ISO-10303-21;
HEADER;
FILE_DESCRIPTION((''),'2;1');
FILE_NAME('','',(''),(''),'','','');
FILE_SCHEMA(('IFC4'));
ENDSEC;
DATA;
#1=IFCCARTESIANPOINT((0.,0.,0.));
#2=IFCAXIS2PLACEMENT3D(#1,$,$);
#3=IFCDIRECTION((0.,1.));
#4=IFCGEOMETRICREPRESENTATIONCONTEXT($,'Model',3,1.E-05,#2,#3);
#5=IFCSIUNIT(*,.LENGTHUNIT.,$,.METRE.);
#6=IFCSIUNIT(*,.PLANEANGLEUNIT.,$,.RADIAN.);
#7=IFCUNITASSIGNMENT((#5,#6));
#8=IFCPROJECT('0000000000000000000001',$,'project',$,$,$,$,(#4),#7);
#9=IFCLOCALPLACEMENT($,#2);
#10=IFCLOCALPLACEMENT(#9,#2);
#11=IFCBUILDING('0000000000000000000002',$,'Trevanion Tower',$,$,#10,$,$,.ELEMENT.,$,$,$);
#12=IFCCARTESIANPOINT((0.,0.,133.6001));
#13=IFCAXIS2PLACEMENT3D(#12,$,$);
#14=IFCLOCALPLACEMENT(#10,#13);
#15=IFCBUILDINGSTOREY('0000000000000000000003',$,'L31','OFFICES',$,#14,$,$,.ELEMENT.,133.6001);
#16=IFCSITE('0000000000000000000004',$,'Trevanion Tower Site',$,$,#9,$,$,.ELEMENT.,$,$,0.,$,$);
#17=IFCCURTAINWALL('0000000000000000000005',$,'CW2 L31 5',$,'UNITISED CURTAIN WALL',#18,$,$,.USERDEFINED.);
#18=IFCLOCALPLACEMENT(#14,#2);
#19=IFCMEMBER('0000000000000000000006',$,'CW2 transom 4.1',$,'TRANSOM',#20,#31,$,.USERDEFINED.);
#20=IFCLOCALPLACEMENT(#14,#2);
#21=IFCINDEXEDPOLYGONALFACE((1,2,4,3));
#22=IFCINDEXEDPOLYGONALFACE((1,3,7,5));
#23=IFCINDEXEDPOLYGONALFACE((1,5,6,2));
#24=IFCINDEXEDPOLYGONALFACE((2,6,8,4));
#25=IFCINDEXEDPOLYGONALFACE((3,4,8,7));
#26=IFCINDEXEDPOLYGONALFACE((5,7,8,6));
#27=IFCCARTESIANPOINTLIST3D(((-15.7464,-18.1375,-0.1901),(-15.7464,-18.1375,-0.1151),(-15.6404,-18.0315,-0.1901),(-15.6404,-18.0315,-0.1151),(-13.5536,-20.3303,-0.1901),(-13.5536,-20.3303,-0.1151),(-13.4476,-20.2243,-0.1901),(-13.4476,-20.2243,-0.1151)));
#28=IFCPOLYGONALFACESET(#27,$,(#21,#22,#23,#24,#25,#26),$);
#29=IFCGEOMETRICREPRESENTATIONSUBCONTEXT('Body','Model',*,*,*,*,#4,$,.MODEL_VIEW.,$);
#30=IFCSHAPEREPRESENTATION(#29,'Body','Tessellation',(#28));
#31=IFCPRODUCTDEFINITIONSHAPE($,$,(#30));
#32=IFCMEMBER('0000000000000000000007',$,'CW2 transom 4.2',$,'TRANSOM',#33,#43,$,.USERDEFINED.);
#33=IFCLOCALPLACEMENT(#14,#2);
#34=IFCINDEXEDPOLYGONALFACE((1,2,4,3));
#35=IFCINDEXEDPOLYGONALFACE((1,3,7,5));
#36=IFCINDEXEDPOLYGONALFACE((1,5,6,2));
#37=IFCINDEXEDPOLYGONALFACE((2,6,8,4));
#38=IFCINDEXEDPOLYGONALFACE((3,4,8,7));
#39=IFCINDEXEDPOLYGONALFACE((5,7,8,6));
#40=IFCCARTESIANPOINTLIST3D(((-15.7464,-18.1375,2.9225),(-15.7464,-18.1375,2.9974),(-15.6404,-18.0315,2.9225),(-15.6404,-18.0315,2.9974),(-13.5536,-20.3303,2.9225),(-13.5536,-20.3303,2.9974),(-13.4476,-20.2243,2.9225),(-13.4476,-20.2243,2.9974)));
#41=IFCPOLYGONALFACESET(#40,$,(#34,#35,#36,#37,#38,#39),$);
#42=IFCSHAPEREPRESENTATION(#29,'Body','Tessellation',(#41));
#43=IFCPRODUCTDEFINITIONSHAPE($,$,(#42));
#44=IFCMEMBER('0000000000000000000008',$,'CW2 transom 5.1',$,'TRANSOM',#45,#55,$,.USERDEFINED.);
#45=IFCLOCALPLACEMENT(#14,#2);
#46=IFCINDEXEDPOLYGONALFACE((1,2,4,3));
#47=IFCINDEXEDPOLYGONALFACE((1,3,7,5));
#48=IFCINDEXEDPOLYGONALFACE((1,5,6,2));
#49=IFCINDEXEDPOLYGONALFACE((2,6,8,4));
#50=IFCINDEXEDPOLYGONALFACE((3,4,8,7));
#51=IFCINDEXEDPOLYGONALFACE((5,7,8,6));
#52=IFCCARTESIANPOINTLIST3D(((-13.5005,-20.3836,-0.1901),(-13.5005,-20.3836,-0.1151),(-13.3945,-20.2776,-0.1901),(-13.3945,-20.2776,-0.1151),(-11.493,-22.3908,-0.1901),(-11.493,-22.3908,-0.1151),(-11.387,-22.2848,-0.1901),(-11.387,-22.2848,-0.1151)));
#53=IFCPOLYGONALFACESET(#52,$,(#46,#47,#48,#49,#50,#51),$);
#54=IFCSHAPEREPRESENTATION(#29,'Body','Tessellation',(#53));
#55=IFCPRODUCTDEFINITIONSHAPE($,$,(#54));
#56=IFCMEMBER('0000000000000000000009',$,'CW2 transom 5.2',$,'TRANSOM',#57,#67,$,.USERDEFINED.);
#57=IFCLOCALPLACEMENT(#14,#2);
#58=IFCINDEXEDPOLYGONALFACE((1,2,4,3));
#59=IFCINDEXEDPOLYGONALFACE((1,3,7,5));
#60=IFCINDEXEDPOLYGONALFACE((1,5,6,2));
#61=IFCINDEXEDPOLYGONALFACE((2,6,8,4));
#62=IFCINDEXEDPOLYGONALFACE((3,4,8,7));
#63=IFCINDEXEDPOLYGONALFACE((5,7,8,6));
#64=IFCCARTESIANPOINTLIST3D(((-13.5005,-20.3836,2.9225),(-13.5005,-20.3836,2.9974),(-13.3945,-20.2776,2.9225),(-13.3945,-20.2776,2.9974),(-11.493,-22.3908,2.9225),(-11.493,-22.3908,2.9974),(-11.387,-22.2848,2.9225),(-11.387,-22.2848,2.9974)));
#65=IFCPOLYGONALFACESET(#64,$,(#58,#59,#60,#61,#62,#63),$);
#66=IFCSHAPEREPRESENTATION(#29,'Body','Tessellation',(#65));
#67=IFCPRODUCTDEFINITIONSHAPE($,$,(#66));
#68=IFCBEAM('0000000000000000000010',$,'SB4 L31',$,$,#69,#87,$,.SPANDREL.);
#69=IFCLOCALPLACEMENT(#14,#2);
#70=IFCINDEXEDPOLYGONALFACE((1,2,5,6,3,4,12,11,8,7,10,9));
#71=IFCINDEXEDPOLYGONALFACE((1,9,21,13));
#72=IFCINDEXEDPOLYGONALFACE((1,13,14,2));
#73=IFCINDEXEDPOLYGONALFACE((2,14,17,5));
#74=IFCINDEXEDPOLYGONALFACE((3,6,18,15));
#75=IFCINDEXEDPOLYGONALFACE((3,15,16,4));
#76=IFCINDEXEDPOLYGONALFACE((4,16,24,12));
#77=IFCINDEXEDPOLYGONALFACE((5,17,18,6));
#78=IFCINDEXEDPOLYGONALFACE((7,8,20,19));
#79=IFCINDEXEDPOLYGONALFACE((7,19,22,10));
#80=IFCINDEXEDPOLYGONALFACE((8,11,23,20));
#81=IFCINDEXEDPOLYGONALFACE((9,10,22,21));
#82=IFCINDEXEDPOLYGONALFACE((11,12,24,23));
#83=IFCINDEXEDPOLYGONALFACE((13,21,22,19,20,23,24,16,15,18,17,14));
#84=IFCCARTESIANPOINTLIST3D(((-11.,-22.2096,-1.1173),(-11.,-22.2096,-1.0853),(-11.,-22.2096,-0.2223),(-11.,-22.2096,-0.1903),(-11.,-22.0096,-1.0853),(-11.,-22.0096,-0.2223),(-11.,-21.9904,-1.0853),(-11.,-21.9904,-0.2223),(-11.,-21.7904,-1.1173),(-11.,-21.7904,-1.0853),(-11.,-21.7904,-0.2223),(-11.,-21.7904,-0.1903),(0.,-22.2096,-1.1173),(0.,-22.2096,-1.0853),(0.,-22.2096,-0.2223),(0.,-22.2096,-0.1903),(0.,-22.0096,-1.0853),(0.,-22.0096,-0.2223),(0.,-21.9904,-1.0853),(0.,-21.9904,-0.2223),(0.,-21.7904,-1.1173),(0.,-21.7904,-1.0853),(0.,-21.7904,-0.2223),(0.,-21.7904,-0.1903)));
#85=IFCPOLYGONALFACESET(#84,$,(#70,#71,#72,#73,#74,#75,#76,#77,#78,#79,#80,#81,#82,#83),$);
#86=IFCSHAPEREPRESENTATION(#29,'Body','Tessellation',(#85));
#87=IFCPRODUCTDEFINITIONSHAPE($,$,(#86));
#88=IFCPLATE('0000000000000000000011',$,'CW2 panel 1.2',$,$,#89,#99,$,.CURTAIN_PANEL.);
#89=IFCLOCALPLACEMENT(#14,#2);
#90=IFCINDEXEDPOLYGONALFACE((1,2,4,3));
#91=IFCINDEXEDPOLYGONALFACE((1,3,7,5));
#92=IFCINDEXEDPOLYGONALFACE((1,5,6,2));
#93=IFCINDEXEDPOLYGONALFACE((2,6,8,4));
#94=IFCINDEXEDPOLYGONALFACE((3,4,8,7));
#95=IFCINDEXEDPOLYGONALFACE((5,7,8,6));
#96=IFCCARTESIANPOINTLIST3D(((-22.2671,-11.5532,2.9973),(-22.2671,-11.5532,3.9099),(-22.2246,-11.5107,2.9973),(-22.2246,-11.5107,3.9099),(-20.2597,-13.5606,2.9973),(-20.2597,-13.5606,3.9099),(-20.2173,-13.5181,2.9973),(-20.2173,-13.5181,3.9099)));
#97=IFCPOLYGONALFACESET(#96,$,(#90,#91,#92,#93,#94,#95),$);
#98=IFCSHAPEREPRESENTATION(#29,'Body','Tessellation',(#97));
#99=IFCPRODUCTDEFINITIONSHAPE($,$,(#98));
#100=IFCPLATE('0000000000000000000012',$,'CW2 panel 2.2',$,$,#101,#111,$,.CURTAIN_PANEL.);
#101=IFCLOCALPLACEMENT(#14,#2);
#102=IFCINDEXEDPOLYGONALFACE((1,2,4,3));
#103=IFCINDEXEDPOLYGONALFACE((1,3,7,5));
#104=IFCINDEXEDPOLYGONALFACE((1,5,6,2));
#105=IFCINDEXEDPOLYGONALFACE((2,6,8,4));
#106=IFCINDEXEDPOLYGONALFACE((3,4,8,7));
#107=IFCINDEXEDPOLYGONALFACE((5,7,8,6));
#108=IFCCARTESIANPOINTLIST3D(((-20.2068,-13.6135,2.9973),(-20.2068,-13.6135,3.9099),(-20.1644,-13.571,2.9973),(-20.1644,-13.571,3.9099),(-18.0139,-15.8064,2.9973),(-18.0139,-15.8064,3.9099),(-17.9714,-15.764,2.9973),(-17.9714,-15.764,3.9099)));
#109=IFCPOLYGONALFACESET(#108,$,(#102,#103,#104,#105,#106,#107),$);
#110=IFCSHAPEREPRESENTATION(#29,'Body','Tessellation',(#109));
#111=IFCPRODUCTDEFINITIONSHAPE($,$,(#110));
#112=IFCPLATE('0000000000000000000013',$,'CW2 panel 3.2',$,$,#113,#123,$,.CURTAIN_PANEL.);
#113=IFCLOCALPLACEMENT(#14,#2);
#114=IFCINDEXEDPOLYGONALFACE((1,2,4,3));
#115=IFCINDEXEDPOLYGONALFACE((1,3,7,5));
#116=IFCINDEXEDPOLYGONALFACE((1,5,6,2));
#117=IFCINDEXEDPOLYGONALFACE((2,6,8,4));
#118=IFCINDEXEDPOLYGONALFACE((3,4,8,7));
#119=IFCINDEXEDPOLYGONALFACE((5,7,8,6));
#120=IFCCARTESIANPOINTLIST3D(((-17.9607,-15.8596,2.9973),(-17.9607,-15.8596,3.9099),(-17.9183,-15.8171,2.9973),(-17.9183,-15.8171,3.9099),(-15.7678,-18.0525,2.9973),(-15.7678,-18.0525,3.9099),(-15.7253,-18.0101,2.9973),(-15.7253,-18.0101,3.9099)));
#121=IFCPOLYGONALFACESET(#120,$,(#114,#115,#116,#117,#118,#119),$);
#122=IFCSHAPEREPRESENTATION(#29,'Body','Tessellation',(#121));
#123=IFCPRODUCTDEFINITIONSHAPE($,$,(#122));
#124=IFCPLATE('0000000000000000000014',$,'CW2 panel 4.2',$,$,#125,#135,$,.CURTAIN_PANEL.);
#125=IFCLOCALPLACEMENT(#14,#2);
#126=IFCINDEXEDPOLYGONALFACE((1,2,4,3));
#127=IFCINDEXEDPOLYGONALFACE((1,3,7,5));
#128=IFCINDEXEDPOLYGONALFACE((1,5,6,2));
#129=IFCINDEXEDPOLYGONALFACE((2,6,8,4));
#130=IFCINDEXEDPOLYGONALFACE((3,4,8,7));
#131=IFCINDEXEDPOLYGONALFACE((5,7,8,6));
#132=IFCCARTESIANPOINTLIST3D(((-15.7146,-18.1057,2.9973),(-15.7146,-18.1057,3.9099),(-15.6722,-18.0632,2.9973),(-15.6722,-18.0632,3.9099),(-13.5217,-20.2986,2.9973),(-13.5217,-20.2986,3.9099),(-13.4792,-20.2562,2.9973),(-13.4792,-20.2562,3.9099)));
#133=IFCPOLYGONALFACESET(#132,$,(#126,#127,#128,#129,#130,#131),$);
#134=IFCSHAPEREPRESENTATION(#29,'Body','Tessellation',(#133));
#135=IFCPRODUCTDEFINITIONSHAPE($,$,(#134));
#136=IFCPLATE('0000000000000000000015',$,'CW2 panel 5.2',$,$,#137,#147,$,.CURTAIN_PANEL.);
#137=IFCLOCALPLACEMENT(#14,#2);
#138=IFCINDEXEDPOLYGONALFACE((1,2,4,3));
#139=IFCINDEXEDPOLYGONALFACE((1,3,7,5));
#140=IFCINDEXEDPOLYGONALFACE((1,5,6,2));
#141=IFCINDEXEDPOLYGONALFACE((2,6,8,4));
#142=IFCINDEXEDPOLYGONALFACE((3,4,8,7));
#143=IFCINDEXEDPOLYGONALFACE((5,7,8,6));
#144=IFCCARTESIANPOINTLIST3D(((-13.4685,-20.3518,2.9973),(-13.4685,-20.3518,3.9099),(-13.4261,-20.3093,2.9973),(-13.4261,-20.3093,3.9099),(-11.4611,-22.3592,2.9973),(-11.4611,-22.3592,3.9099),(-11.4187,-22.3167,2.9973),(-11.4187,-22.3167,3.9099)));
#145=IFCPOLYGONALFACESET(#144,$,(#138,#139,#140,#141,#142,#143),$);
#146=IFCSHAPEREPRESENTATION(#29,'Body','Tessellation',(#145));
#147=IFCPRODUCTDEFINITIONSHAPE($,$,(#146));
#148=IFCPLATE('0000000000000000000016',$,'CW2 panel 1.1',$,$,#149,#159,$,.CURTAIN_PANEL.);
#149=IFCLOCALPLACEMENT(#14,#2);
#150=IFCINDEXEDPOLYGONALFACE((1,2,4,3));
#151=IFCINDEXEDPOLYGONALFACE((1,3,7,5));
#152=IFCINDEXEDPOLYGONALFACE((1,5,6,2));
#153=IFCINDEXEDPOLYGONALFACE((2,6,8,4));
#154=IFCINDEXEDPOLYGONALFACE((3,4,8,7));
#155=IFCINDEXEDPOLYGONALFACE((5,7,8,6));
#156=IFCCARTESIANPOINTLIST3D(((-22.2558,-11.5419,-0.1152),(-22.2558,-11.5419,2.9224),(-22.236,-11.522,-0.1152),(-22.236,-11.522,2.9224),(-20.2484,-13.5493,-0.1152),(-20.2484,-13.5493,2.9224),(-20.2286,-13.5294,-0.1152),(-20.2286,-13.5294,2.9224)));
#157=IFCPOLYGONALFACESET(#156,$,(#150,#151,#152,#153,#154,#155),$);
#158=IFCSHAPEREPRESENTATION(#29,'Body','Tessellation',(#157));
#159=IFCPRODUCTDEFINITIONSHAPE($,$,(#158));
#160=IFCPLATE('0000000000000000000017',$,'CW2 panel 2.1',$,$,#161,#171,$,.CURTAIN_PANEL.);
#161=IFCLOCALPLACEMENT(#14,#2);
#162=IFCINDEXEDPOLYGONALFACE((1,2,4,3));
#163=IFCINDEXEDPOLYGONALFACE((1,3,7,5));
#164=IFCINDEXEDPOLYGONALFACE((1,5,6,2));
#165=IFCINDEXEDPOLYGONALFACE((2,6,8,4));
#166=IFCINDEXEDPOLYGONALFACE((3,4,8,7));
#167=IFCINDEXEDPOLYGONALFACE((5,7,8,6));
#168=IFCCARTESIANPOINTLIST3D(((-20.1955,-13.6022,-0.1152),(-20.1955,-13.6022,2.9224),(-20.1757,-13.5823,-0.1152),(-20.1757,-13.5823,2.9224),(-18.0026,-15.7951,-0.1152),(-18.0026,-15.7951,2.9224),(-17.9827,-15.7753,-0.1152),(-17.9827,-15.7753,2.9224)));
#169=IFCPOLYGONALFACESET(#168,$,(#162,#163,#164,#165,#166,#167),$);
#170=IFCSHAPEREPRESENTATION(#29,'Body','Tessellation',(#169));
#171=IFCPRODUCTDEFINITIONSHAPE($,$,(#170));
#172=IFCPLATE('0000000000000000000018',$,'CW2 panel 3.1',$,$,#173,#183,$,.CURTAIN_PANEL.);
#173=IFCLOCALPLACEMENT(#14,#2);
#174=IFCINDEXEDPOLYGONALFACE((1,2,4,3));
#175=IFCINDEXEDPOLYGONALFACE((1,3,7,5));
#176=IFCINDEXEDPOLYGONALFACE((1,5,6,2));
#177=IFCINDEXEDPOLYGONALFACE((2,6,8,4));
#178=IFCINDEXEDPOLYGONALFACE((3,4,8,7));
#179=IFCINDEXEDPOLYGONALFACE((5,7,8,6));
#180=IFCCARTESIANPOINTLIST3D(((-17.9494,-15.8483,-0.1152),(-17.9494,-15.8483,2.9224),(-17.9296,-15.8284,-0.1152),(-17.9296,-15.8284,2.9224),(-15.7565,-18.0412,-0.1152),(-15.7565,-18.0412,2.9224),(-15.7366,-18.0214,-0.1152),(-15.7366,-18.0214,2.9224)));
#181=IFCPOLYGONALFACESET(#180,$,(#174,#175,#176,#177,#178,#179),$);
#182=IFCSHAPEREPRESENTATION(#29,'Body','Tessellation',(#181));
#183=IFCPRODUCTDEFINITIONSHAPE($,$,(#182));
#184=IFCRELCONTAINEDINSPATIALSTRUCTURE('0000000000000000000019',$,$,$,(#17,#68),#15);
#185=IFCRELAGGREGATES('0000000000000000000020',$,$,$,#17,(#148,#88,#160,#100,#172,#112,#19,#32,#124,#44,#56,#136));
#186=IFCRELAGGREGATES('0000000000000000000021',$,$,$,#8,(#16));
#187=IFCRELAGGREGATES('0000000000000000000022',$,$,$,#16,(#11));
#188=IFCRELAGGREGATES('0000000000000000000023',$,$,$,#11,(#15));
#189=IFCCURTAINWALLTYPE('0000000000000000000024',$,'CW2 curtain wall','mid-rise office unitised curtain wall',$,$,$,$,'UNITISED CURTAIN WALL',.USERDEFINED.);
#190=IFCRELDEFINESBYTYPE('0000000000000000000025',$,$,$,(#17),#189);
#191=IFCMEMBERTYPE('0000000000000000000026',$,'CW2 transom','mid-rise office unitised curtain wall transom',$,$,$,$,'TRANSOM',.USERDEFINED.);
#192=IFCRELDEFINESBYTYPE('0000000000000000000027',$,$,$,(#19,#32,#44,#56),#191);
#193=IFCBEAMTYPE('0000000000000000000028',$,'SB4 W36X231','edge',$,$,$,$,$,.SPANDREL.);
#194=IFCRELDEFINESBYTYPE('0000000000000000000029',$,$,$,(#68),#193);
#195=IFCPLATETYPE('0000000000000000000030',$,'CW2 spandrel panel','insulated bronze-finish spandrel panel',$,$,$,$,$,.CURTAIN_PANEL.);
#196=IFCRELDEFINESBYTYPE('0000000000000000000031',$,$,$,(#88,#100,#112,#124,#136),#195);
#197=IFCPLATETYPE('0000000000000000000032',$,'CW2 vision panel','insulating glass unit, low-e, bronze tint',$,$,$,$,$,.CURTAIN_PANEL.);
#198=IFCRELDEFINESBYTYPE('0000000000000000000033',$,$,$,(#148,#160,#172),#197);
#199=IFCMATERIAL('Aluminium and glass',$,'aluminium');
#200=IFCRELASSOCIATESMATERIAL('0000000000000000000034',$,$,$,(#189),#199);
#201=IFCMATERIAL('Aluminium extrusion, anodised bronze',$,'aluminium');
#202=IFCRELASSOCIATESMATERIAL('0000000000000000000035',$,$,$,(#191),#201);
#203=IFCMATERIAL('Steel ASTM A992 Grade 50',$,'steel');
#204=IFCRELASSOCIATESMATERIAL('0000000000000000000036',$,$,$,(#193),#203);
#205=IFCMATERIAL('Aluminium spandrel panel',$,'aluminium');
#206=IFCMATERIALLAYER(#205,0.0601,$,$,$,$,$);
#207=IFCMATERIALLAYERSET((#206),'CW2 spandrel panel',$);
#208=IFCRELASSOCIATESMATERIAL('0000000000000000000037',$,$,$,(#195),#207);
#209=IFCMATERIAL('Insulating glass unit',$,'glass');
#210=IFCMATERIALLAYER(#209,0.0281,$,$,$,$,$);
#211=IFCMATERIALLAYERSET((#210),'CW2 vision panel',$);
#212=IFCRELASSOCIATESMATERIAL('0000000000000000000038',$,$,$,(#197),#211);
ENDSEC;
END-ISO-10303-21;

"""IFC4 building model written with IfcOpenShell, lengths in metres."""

from ifc_helpers import new_model, si_unit, direction, frame, origin, origin_2d, place, context, subcontext, project, spatial, rectangle, i_section, extrude, material, layer, layer_set, material_profile, profile_set, type_object, element, aggregate, save


model = new_model("IFC4")

# Units and contexts
model_context = context("Model", 3, precision=1e-05, world=origin(), true_north=direction((0.0, 1.0)))
body_context = subcontext(model_context, "Body", "Model", "MODEL_VIEW")
ifc_project = project(units=[si_unit("LENGTHUNIT", "METRE"), si_unit("PLANEANGLEUNIT", "RADIAN")], contexts=[model_context])

# Site, building, storey
site_placement = place(None, origin())
site = spatial("IfcSite", under=ifc_project, at=site_placement, Name="Trevanion Tower Site", CompositionType="ELEMENT", RefElevation=0.0)
building_placement = place(site_placement, origin())
building = spatial("IfcBuilding", under=site, at=building_placement, Name="Trevanion Tower", CompositionType="ELEMENT")
storey_placement = place(building_placement, frame((0.0, 0.0, 133.6001)))
storey = spatial("IfcBuildingStorey", under=building, at=storey_placement, Name="L31", Description="OFFICES", CompositionType="ELEMENT", Elevation=133.6001)

# Curtain wall, members
ifc_material_1 = material(Name="Aluminium and glass", Category="aluminium")
curtain_wall_type = type_object("IfcCurtainWallType", Name="CW2 curtain wall", Description="mid-rise office unitised curtain wall", ElementType="UNITISED CURTAIN WALL", PredefinedType="USERDEFINED", material=ifc_material_1)
curtain_wall_placement = place(storey_placement, origin())
curtain_wall = element("IfcCurtainWall", 1, at=curtain_wall_placement, inside=storey, type_object=curtain_wall_type, Name="CW2 L31 5", ObjectType="UNITISED CURTAIN WALL", PredefinedType="USERDEFINED")
ifc_material_2 = material(Name="Aluminium extrusion, anodised bronze", Category="aluminium")
ifc_material_profile_1 = material_profile(ifc_material_2, rectangle(XDim=0.1499, YDim=0.075, at=origin_2d()), Name="CW2 transom")
ifc_profile_set_1 = profile_set([ifc_material_profile_1], Name="Aluminium extrusion, anodised bronze")
member_type_1 = type_object("IfcMemberType", Name="CW2 transom", Description="mid-rise office unitised curtain wall transom", ElementType="TRANSOM", PredefinedType="USERDEFINED", material=ifc_profile_set_1)
member_1_placement = place(storey_placement, frame((-15.6934, -18.0845, -0.1526), z_axis=(0.707107, -0.707107, 0.0), x_axis=(0.707107, 0.707107, 0.0)))
member_1 = element("IfcMember", 2, at=member_1_placement, type_object=member_type_1, Name="CW2 transom 4.1", ObjectType="TRANSOM", PredefinedType="USERDEFINED", context=body_context, shape_type="SweptSolid", body=[
    extrude(rectangle(XDim=0.1499, YDim=0.075, at=origin_2d()), origin(), (0.0, 0.0, 1.0), 3.1011),
])
member_2_placement = place(storey_placement, frame((-15.6934, -18.0845, 2.96), z_axis=(0.707107, -0.707107, 0.0), x_axis=(0.707107, 0.707107, 0.0)))
member_2 = element("IfcMember", 3, at=member_2_placement, type_object=member_type_1, Name="CW2 transom 4.2", ObjectType="TRANSOM", PredefinedType="USERDEFINED", context=body_context, shape_type="SweptSolid", body=[
    extrude(rectangle(XDim=0.1499, YDim=0.075, at=origin_2d()), origin(), (0.0, 0.0, 1.0), 3.1011),
])
member_3_placement = place(storey_placement, frame((-13.4475, -20.3306, -0.1526), z_axis=(0.70715, -0.707064, 0.0), x_axis=(0.707064, 0.70715, 0.0)))
member_3 = element("IfcMember", 4, at=member_3_placement, type_object=member_type_1, Name="CW2 transom 5.1", ObjectType="TRANSOM", PredefinedType="USERDEFINED", context=body_context, shape_type="SweptSolid", body=[
    extrude(rectangle(XDim=0.1499, YDim=0.075, at=origin_2d()), origin(), (0.0, 0.0, 1.0), 2.8389),
])
member_4_placement = place(storey_placement, frame((-13.4475, -20.3306, 2.96), z_axis=(0.70715, -0.707064, 0.0), x_axis=(0.707064, 0.70715, 0.0)))
member_4 = element("IfcMember", 5, at=member_4_placement, type_object=member_type_1, Name="CW2 transom 5.2", ObjectType="TRANSOM", PredefinedType="USERDEFINED", context=body_context, shape_type="SweptSolid", body=[
    extrude(rectangle(XDim=0.1499, YDim=0.075, at=origin_2d()), origin(), (0.0, 0.0, 1.0), 2.8389),
])

# Beam
ifc_material_3 = material(Name="Steel ASTM A992 Grade 50", Category="steel")
ifc_material_profile_2 = material_profile(ifc_material_3, i_section(OverallWidth=0.4192, OverallDepth=0.927, WebThickness=0.0193, FlangeThickness=0.032, at=origin_2d()), Name="W36X231")
ifc_profile_set_2 = profile_set([ifc_material_profile_2], Name="Steel ASTM A992 Grade 50")
beam_type_1 = type_object("IfcBeamType", Name="SB4 W36X231", Description="edge", PredefinedType="SPANDREL", material=ifc_profile_set_2)
beam_1_placement = place(storey_placement, frame((-11.0, -22.0, -0.6538), z_axis=(1.0, 0.0, 0.0), x_axis=(0.0, 1.0, 0.0)))
element("IfcBeam", 6, at=beam_1_placement, inside=storey, type_object=beam_type_1, Name="SB4 L31", PredefinedType="SPANDREL", context=body_context, shape_type="SweptSolid", body=[
    extrude(i_section(OverallWidth=0.4192, OverallDepth=0.927, WebThickness=0.0193, FlangeThickness=0.032, at=origin_2d()), origin(), (0.0, 0.0, 1.0), 11.0),
])

# Plates
ifc_material_4 = material(Name="Aluminium spandrel panel", Category="aluminium")
ifc_layer_1 = layer(ifc_material_4, 0.0601)
ifc_layer_set_1 = layer_set([ifc_layer_1], Name="CW2 spandrel panel")
plate_type_1 = type_object("IfcPlateType", Name="CW2 spandrel panel", Description="insulated bronze-finish spandrel panel", PredefinedType="CURTAIN_PANEL", material=ifc_layer_set_1)
plate_1_placement = place(storey_placement, frame((-21.2422, -12.5356, 2.9973), z_axis=(0.0, 0.0, 1.0), x_axis=(0.707107, -0.707107, 0.0)))
plate_1 = element("IfcPlate", 7, at=plate_1_placement, type_object=plate_type_1, Name="CW2 panel 1.2", PredefinedType="CURTAIN_PANEL", context=body_context, shape_type="SweptSolid", body=[
    extrude(rectangle(XDim=2.8389, YDim=0.0601, at=origin_2d()), origin(), (0.0, 0.0, 1.0), 0.9126),
])
plate_2_placement = place(storey_placement, frame((-19.0891, -14.6887, 2.9973), z_axis=(0.0, 0.0, 1.0), x_axis=(0.707107, -0.707107, 0.0)))
plate_2 = element("IfcPlate", 8, at=plate_2_placement, type_object=plate_type_1, Name="CW2 panel 2.2", PredefinedType="CURTAIN_PANEL", context=body_context, shape_type="SweptSolid", body=[
    extrude(rectangle(XDim=3.1013, YDim=0.0601, at=origin_2d()), origin(), (0.0, 0.0, 1.0), 0.9126),
])
plate_3_placement = place(storey_placement, frame((-16.843, -16.9348, 2.9973), z_axis=(0.0, 0.0, 1.0), x_axis=(0.707107, -0.707107, 0.0)))
plate_3 = element("IfcPlate", 9, at=plate_3_placement, type_object=plate_type_1, Name="CW2 panel 3.2", PredefinedType="CURTAIN_PANEL", context=body_context, shape_type="SweptSolid", body=[
    extrude(rectangle(XDim=3.1013, YDim=0.0601, at=origin_2d()), origin(), (0.0, 0.0, 1.0), 0.9126),
])
plate_4_placement = place(storey_placement, frame((-14.5969, -19.1809, 2.9973), z_axis=(0.0, 0.0, 1.0), x_axis=(0.707107, -0.707107, 0.0)))
plate_4 = element("IfcPlate", 10, at=plate_4_placement, type_object=plate_type_1, Name="CW2 panel 4.2", PredefinedType="CURTAIN_PANEL", context=body_context, shape_type="SweptSolid", body=[
    extrude(rectangle(XDim=3.1013, YDim=0.0601, at=origin_2d()), origin(), (0.0, 0.0, 1.0), 0.9126),
])
plate_5_placement = place(storey_placement, frame((-12.4436, -21.3342, 2.9973), z_axis=(0.0, 0.0, 1.0), x_axis=(0.707107, -0.707107, 0.0)))
plate_5 = element("IfcPlate", 11, at=plate_5_placement, type_object=plate_type_1, Name="CW2 panel 5.2", PredefinedType="CURTAIN_PANEL", context=body_context, shape_type="SweptSolid", body=[
    extrude(rectangle(XDim=2.8389, YDim=0.0601, at=origin_2d()), origin(), (0.0, 0.0, 1.0), 0.9126),
])
ifc_material_5 = material(Name="Insulating glass unit", Category="glass")
ifc_layer_2 = layer(ifc_material_5, 0.0281)
ifc_layer_set_2 = layer_set([ifc_layer_2], Name="CW2 vision panel")
plate_type_2 = type_object("IfcPlateType", Name="CW2 vision panel", Description="insulating glass unit, low-e, bronze tint", PredefinedType="CURTAIN_PANEL", material=ifc_layer_set_2)
plate_6_placement = place(storey_placement, frame((-21.2422, -12.5356, -0.1152), z_axis=(0.0, 0.0, 1.0), x_axis=(0.707107, -0.707107, 0.0)))
plate_6 = element("IfcPlate", 12, at=plate_6_placement, type_object=plate_type_2, Name="CW2 panel 1.1", PredefinedType="CURTAIN_PANEL", context=body_context, shape_type="SweptSolid", body=[
    extrude(rectangle(XDim=2.8389, YDim=0.0281, at=origin_2d()), origin(), (0.0, 0.0, 1.0), 3.0376),
])
plate_7_placement = place(storey_placement, frame((-19.0891, -14.6887, -0.1152), z_axis=(0.0, 0.0, 1.0), x_axis=(0.707107, -0.707107, 0.0)))
plate_7 = element("IfcPlate", 13, at=plate_7_placement, type_object=plate_type_2, Name="CW2 panel 2.1", PredefinedType="CURTAIN_PANEL", context=body_context, shape_type="SweptSolid", body=[
    extrude(rectangle(XDim=3.1013, YDim=0.0281, at=origin_2d()), origin(), (0.0, 0.0, 1.0), 3.0376),
])
plate_8_placement = place(storey_placement, frame((-16.843, -16.9348, -0.1152), z_axis=(0.0, 0.0, 1.0), x_axis=(0.707107, -0.707107, 0.0)))
plate_8 = element("IfcPlate", 14, at=plate_8_placement, type_object=plate_type_2, Name="CW2 panel 3.1", PredefinedType="CURTAIN_PANEL", context=body_context, shape_type="SweptSolid", body=[
    extrude(rectangle(XDim=3.1013, YDim=0.0281, at=origin_2d()), origin(), (0.0, 0.0, 1.0), 3.0376),
])
aggregate(curtain_wall, [plate_6, plate_1, plate_7, plate_2, plate_8, plate_3, member_1, member_2, plate_4, member_3, member_4, plate_5])

save(model, "model.ifc")
